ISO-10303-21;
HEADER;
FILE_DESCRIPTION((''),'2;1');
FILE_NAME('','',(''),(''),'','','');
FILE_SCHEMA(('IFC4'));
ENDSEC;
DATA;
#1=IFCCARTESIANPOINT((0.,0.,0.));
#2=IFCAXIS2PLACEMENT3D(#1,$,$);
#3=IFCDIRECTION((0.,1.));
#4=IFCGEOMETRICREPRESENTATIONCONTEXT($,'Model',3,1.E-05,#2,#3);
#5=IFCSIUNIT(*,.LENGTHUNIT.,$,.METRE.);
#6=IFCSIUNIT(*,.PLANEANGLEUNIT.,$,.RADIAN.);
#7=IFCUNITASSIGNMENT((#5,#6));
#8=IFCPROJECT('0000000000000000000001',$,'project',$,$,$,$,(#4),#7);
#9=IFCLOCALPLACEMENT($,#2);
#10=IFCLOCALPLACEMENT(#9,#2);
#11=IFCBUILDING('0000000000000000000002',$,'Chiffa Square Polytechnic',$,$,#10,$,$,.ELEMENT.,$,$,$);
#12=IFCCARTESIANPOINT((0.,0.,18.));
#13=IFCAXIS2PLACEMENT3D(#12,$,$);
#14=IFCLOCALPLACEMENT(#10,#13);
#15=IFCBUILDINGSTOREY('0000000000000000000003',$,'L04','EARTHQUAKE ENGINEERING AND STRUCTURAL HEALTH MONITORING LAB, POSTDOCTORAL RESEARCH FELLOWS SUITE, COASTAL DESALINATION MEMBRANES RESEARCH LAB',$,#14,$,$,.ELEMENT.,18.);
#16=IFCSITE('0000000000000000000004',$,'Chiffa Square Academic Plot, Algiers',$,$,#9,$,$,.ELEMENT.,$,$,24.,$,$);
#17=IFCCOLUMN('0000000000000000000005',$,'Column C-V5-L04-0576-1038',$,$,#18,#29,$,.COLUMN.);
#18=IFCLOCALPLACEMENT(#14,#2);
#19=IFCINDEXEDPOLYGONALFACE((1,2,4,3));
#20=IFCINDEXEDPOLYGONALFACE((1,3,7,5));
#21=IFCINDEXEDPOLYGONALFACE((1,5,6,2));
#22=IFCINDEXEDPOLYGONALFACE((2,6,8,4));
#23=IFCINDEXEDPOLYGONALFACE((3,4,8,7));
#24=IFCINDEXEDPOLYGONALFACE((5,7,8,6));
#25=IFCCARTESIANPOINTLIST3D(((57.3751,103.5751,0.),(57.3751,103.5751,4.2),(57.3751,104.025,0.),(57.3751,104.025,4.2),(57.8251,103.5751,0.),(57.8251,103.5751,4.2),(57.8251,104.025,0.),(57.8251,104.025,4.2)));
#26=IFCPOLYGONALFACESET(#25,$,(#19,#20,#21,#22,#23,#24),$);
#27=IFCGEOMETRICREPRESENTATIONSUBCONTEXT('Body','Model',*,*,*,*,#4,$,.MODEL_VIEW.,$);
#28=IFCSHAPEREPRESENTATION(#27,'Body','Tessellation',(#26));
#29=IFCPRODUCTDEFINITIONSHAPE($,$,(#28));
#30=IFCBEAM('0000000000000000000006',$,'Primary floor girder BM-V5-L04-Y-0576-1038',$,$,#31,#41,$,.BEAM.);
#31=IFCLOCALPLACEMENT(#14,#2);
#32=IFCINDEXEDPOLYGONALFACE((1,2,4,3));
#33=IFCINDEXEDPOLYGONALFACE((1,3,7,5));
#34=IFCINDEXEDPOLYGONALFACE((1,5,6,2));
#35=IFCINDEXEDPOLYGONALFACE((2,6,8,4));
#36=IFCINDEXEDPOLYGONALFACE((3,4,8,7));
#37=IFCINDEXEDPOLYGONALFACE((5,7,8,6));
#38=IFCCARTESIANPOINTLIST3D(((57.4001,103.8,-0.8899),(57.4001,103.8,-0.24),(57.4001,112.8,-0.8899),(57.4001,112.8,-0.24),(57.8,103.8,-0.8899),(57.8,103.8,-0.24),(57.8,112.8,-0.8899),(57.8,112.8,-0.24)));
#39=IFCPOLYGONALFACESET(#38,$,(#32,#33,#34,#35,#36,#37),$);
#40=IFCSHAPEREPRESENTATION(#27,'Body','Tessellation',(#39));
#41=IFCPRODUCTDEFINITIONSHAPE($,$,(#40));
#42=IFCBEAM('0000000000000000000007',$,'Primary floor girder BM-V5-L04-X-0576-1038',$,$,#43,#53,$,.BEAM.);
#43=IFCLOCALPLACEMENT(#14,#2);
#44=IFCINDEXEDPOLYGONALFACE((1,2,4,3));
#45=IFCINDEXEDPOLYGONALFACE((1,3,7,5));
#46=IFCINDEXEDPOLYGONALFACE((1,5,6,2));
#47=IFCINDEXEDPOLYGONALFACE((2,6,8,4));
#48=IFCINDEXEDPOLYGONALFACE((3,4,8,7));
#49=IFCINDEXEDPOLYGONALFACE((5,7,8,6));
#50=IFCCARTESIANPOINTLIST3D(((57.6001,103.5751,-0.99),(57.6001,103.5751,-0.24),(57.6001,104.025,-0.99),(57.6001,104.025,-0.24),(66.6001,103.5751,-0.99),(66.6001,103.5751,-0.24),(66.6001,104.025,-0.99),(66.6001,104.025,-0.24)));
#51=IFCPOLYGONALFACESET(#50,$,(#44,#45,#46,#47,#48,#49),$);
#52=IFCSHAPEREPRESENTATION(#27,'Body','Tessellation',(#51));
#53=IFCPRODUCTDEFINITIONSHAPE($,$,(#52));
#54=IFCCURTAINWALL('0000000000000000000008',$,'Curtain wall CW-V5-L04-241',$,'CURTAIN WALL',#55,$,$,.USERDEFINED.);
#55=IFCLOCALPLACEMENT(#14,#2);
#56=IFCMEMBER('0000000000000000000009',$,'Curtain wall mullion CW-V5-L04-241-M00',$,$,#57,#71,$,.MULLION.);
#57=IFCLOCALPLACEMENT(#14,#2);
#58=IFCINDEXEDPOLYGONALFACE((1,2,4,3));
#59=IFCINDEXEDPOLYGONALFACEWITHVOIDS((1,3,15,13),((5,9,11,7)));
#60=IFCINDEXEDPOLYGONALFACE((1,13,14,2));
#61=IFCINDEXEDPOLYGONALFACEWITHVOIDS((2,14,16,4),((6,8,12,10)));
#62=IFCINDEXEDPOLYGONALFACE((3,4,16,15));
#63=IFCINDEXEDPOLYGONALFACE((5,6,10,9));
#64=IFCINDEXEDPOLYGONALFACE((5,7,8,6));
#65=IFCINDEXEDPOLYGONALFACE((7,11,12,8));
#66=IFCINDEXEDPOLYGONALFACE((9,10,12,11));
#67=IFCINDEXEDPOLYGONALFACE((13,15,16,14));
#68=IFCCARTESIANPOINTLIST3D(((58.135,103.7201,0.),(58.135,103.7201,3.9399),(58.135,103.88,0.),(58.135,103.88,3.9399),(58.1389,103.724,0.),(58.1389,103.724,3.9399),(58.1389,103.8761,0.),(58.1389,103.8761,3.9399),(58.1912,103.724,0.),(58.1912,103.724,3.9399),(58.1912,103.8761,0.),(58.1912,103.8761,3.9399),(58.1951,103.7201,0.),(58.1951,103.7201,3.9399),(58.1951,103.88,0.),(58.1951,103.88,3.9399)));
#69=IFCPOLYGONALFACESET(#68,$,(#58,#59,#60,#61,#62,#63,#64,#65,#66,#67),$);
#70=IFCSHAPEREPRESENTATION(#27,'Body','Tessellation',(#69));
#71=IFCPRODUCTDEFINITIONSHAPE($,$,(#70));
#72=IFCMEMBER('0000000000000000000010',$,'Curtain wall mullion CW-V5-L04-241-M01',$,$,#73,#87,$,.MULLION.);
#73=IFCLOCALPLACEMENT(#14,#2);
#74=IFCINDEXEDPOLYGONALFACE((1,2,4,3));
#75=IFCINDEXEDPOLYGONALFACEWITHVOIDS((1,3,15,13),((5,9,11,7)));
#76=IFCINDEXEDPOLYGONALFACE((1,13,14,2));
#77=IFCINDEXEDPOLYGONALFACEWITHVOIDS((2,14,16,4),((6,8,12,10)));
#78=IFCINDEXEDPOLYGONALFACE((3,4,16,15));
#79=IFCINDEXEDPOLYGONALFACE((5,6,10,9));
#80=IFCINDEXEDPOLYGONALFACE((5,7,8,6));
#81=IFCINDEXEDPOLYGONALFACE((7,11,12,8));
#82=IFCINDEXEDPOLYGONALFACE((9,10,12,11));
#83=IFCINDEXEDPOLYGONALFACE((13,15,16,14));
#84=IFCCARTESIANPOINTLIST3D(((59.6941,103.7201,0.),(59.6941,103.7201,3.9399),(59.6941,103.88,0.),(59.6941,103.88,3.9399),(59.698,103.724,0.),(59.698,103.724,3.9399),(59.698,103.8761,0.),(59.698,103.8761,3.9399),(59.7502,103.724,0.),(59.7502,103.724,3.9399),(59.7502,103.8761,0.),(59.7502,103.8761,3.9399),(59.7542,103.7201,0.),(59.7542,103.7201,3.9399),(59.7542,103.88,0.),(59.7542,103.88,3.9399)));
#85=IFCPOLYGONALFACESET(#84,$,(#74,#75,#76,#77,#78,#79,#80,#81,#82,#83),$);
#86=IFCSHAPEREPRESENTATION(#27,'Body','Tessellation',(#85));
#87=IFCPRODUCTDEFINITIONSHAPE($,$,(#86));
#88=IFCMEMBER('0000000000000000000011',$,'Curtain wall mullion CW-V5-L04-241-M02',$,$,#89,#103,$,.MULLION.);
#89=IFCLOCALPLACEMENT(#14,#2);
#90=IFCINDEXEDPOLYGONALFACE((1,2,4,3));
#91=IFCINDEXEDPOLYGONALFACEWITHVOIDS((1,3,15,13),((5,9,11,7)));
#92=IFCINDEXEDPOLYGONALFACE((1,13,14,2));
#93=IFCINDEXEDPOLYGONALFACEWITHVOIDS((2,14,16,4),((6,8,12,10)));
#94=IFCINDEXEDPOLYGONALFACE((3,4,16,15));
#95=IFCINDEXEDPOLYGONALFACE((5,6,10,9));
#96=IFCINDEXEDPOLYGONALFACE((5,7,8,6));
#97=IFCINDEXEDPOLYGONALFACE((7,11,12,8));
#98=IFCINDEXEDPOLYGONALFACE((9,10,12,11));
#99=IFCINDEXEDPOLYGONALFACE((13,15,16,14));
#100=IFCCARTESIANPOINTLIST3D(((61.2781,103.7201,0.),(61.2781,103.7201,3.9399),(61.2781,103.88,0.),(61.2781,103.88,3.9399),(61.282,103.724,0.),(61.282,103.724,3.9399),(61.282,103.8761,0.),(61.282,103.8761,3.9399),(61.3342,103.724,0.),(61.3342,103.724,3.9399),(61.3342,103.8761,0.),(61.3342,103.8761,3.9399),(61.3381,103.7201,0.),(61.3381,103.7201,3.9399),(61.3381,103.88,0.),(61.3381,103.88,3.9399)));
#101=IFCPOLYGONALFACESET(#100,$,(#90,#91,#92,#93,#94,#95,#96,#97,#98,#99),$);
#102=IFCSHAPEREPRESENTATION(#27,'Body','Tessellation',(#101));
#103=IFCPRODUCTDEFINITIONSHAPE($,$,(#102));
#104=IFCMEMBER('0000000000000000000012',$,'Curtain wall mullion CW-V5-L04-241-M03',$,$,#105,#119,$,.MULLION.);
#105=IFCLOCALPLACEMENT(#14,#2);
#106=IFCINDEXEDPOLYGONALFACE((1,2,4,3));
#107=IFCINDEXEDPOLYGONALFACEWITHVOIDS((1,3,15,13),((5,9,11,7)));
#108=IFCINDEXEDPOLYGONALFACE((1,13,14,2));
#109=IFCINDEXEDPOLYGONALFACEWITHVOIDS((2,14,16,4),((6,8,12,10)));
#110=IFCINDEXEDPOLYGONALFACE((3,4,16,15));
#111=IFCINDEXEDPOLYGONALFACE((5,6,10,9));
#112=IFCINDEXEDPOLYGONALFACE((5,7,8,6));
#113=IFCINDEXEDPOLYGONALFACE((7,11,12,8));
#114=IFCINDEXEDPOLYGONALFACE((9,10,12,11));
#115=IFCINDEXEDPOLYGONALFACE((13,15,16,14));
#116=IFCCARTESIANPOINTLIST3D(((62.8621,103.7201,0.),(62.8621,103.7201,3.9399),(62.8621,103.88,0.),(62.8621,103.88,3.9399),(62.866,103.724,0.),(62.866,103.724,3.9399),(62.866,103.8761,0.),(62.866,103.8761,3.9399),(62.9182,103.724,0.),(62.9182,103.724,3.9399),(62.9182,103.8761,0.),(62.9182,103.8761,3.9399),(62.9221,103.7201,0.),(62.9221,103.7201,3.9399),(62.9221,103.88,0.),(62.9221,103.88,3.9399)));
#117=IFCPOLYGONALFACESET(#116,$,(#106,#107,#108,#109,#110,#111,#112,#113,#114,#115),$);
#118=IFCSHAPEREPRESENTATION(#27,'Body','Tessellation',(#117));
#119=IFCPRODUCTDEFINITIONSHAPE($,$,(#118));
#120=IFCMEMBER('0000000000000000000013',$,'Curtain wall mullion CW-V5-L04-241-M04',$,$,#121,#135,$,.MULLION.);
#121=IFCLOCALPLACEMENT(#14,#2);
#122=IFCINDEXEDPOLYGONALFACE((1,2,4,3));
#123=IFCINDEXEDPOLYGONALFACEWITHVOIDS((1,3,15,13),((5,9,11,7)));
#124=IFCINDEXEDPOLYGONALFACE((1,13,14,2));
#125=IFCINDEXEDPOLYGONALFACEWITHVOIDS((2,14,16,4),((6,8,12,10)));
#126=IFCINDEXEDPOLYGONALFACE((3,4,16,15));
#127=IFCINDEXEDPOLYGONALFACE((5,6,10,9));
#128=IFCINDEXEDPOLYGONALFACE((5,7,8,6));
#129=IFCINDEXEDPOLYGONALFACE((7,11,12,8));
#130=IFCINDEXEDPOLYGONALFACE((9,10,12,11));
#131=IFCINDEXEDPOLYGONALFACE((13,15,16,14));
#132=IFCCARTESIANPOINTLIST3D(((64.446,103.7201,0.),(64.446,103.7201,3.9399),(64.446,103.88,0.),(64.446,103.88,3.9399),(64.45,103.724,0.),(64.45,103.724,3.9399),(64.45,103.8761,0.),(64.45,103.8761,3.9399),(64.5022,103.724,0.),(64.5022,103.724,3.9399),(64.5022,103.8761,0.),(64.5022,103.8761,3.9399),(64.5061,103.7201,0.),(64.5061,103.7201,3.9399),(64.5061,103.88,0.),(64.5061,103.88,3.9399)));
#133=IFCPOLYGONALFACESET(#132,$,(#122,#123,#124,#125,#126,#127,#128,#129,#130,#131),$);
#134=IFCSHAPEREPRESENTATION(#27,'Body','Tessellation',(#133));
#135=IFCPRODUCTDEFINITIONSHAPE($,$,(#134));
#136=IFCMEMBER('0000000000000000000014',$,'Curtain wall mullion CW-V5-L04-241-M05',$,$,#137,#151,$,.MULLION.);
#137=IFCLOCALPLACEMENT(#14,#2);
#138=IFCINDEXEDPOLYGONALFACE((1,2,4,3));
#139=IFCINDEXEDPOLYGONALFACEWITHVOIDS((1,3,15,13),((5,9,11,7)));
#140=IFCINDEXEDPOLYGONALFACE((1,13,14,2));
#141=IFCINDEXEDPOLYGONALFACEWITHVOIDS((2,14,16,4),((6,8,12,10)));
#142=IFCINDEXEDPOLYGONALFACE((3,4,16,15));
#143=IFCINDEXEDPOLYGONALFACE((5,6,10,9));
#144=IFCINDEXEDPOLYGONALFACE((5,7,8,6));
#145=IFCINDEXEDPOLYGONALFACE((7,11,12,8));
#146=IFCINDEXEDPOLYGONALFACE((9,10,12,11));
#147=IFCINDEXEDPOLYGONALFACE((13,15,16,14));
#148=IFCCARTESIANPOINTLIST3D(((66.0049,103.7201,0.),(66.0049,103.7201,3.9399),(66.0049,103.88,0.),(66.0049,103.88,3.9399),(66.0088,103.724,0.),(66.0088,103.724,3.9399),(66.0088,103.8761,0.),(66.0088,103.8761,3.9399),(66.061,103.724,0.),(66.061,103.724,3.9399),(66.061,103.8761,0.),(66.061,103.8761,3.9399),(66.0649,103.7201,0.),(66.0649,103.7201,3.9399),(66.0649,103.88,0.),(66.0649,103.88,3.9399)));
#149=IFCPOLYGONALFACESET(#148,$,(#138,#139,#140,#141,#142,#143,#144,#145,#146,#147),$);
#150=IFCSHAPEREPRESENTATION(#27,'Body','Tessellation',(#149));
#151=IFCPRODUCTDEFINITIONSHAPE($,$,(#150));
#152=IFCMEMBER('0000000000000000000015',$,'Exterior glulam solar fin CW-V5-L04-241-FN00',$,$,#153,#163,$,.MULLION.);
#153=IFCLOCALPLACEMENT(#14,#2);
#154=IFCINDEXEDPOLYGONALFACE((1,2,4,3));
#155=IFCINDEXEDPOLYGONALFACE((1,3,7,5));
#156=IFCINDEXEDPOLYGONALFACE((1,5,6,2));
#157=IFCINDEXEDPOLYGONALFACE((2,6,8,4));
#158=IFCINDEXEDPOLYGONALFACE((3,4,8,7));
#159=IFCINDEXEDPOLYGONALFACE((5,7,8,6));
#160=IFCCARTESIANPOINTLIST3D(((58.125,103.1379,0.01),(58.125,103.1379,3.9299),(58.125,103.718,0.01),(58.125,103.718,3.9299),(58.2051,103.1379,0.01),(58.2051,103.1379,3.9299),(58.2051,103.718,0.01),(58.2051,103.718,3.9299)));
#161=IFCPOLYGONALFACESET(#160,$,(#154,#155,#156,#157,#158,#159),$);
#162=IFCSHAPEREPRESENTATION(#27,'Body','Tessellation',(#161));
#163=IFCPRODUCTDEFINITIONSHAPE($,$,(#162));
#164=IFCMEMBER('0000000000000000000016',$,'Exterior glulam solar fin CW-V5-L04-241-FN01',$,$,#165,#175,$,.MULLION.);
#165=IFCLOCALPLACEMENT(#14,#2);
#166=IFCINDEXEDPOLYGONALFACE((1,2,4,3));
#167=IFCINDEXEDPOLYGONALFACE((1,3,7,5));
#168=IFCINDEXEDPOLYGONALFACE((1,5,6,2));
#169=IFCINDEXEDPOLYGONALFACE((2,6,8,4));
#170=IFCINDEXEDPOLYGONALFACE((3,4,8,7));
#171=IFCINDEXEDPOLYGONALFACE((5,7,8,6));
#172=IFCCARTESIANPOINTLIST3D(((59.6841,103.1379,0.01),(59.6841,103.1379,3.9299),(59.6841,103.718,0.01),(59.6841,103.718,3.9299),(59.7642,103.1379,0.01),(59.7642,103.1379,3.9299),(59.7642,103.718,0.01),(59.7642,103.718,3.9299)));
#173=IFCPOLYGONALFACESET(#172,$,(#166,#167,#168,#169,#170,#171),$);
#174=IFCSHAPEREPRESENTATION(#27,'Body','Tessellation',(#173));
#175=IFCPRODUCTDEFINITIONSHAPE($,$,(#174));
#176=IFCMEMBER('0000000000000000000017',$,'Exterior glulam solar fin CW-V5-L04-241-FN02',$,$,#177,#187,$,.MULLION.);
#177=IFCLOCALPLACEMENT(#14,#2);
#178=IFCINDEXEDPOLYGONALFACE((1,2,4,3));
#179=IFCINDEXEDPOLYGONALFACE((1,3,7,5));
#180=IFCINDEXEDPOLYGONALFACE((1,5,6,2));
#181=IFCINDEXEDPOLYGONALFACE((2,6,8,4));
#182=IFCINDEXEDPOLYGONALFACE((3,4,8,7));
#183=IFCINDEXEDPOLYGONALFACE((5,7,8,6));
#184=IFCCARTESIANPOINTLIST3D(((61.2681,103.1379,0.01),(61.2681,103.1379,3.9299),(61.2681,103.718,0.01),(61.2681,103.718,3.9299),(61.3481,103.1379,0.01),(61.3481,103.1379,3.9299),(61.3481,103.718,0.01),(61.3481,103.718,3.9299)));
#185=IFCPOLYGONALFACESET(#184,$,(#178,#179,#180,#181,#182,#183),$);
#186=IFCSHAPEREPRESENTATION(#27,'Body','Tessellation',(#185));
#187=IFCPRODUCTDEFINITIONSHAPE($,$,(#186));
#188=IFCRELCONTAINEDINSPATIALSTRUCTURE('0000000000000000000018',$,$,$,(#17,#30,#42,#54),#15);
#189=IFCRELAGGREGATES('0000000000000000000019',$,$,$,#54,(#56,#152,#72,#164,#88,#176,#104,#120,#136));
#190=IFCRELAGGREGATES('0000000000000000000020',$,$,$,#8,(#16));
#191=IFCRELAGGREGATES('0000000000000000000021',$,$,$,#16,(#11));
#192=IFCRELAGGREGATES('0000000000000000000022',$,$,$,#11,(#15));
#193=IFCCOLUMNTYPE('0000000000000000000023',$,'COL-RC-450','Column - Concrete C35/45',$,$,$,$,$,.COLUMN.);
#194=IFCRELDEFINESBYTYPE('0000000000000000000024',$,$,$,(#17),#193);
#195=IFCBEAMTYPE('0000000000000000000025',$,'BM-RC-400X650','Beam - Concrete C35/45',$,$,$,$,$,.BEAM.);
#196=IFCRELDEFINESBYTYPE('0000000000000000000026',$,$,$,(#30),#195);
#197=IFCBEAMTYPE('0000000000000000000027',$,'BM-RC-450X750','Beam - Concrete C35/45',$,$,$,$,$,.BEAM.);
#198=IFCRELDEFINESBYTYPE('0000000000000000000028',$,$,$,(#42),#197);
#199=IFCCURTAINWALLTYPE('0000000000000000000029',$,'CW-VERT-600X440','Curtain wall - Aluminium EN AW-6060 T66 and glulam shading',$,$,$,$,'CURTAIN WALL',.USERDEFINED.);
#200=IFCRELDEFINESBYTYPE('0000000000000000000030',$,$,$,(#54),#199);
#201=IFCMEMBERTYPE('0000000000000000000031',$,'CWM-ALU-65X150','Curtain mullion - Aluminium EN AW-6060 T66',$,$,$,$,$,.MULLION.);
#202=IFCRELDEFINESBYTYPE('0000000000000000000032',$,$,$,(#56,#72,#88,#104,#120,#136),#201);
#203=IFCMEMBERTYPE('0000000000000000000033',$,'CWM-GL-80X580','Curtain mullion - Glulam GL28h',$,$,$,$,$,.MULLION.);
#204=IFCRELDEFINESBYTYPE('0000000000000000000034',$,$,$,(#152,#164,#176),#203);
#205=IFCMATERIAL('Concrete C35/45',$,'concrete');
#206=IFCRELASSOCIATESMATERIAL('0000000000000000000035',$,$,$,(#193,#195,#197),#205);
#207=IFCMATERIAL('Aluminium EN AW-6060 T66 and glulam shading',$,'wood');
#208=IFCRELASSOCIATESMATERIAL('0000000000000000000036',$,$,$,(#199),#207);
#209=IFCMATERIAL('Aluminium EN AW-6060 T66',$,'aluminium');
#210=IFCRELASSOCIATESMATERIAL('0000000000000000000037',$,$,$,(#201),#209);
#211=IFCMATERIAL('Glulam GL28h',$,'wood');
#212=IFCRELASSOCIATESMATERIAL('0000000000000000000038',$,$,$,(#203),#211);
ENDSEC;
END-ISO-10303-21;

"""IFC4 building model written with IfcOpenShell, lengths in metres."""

from ifc_helpers import new_model, si_unit, direction, frame, origin, origin_2d, place, context, subcontext, project, spatial, rectangle, hollow_rectangle, extrude, material, material_profile, profile_set, type_object, element, aggregate, save


model = new_model("IFC4")

# Units and contexts
model_context = context("Model", 3, precision=1e-05, world=origin(), true_north=direction((0.0, 1.0)))
body_context = subcontext(model_context, "Body", "Model", "MODEL_VIEW")
ifc_project = project(units=[si_unit("LENGTHUNIT", "METRE"), si_unit("PLANEANGLEUNIT", "RADIAN")], contexts=[model_context])

# Site, building, storey
site_placement = place(None, origin())
site = spatial("IfcSite", under=ifc_project, at=site_placement, Name="Chiffa Square Academic Plot, Algiers", CompositionType="ELEMENT", RefElevation=24.0)
building_placement = place(site_placement, origin())
building = spatial("IfcBuilding", under=site, at=building_placement, Name="Chiffa Square Polytechnic", CompositionType="ELEMENT")
storey_placement = place(building_placement, frame((0.0, 0.0, 18.0)))
storey = spatial("IfcBuildingStorey", under=building, at=storey_placement, Name="L04", Description="EARTHQUAKE ENGINEERING AND STRUCTURAL HEALTH MONITORING LAB, POSTDOCTORAL RESEARCH FELLOWS SUITE, COASTAL DESALINATION MEMBRANES RESEARCH LAB", CompositionType="ELEMENT", Elevation=18.0)

# Column
ifc_material_1 = material(Name="Concrete C35/45", Category="concrete")
ifc_material_profile_1 = material_profile(ifc_material_1, rectangle(XDim=0.45, YDim=0.45, at=origin_2d()), Name="RC 450x450")
ifc_profile_set_1 = profile_set([ifc_material_profile_1], Name="Concrete C35/45")
column_type = type_object("IfcColumnType", Name="COL-RC-450", Description="Column - Concrete C35/45", PredefinedType="COLUMN", material=ifc_profile_set_1)
column_placement = place(storey_placement, frame((57.6001, 103.8, 0.0), z_axis=(0.0, 0.0, 1.0), x_axis=(1.0, 0.0, 0.0)))
element("IfcColumn", 1, at=column_placement, inside=storey, type_object=column_type, Name="Column C-V5-L04-0576-1038", PredefinedType="COLUMN", context=body_context, shape_type="SweptSolid", body=[
    extrude(rectangle(XDim=0.45, YDim=0.45, at=origin_2d()), origin(), (0.0, 0.0, 1.0), 4.2),
])

# Beams
ifc_material_profile_2 = material_profile(ifc_material_1, rectangle(XDim=0.3999, YDim=0.6499, at=origin_2d()), Name="RC 400x650")
ifc_profile_set_2 = profile_set([ifc_material_profile_2], Name="Concrete C35/45")
beam_type_1 = type_object("IfcBeamType", Name="BM-RC-400X650", Description="Beam - Concrete C35/45", PredefinedType="BEAM", material=ifc_profile_set_2)
beam_1_placement = place(storey_placement, frame((57.6001, 103.8, -0.5649), z_axis=(0.0, 1.0, 0.0), x_axis=(-1.0, 0.0, 0.0)))
element("IfcBeam", 2, at=beam_1_placement, inside=storey, type_object=beam_type_1, Name="Primary floor girder BM-V5-L04-Y-0576-1038", PredefinedType="BEAM", context=body_context, shape_type="SweptSolid", body=[
    extrude(rectangle(XDim=0.3999, YDim=0.6499, at=origin_2d()), origin(), (0.0, 0.0, 1.0), 9.0),
])
ifc_material_profile_3 = material_profile(ifc_material_1, rectangle(XDim=0.45, YDim=0.75, at=origin_2d()), Name="RC 450x750")
ifc_profile_set_3 = profile_set([ifc_material_profile_3], Name="Concrete C35/45")
beam_type_2 = type_object("IfcBeamType", Name="BM-RC-450X750", Description="Beam - Concrete C35/45", PredefinedType="BEAM", material=ifc_profile_set_3)
beam_2_placement = place(storey_placement, frame((57.6001, 103.8, -0.615), z_axis=(1.0, 0.0, 0.0), x_axis=(0.0, 1.0, 0.0)))
element("IfcBeam", 3, at=beam_2_placement, inside=storey, type_object=beam_type_2, Name="Primary floor girder BM-V5-L04-X-0576-1038", PredefinedType="BEAM", context=body_context, shape_type="SweptSolid", body=[
    extrude(rectangle(XDim=0.45, YDim=0.75, at=origin_2d()), origin(), (0.0, 0.0, 1.0), 9.0),
])

# Curtain wall, members
ifc_material_2 = material(Name="Aluminium EN AW-6060 T66 and glulam shading", Category="wood")
curtain_wall_type = type_object("IfcCurtainWallType", Name="CW-VERT-600X440", Description="Curtain wall - Aluminium EN AW-6060 T66 and glulam shading", ElementType="CURTAIN WALL", PredefinedType="USERDEFINED", material=ifc_material_2)
curtain_wall_placement = place(storey_placement, origin())
curtain_wall = element("IfcCurtainWall", 4, at=curtain_wall_placement, inside=storey, type_object=curtain_wall_type, Name="Curtain wall CW-V5-L04-241", ObjectType="CURTAIN WALL", PredefinedType="USERDEFINED")
ifc_material_3 = material(Name="Aluminium EN AW-6060 T66", Category="aluminium")
ifc_material_profile_4 = material_profile(ifc_material_3, hollow_rectangle(XDim=0.0601, YDim=0.1599, WallThickness=0.0039, at=origin_2d()), Name="ALU 60x160x4")
ifc_profile_set_4 = profile_set([ifc_material_profile_4], Name="Aluminium EN AW-6060 T66")
member_type_1 = type_object("IfcMemberType", Name="CWM-ALU-65X150", Description="Curtain mullion - Aluminium EN AW-6060 T66", PredefinedType="MULLION", material=ifc_profile_set_4)
member_1_placement = place(storey_placement, frame((58.165, 103.8, 0.0), z_axis=(0.0, 0.0, 1.0), x_axis=(1.0, 0.0, 0.0)))
member_1 = element("IfcMember", 5, at=member_1_placement, type_object=member_type_1, Name="Curtain wall mullion CW-V5-L04-241-M00", PredefinedType="MULLION", context=body_context, shape_type="SweptSolid", body=[
    extrude(hollow_rectangle(XDim=0.0601, YDim=0.1599, WallThickness=0.0039, at=origin_2d()), origin(), (0.0, 0.0, 1.0), 3.9399),
])
member_2_placement = place(storey_placement, frame((59.7241, 103.8, 0.0), z_axis=(0.0, 0.0, 1.0), x_axis=(1.0, 0.0, 0.0)))
member_2 = element("IfcMember", 6, at=member_2_placement, type_object=member_type_1, Name="Curtain wall mullion CW-V5-L04-241-M01", PredefinedType="MULLION", context=body_context, shape_type="SweptSolid", body=[
    extrude(hollow_rectangle(XDim=0.0601, YDim=0.1599, WallThickness=0.0039, at=origin_2d()), origin(), (0.0, 0.0, 1.0), 3.9399),
])
member_3_placement = place(storey_placement, frame((61.3081, 103.8, 0.0), z_axis=(0.0, 0.0, 1.0), x_axis=(1.0, 0.0, 0.0)))
member_3 = element("IfcMember", 7, at=member_3_placement, type_object=member_type_1, Name="Curtain wall mullion CW-V5-L04-241-M02", PredefinedType="MULLION", context=body_context, shape_type="SweptSolid", body=[
    extrude(hollow_rectangle(XDim=0.0601, YDim=0.1599, WallThickness=0.0039, at=origin_2d()), origin(), (0.0, 0.0, 1.0), 3.9399),
])
member_4_placement = place(storey_placement, frame((62.8921, 103.8, 0.0), z_axis=(0.0, 0.0, 1.0), x_axis=(1.0, 0.0, 0.0)))
member_4 = element("IfcMember", 8, at=member_4_placement, type_object=member_type_1, Name="Curtain wall mullion CW-V5-L04-241-M03", PredefinedType="MULLION", context=body_context, shape_type="SweptSolid", body=[
    extrude(hollow_rectangle(XDim=0.0601, YDim=0.1599, WallThickness=0.0039, at=origin_2d()), origin(), (0.0, 0.0, 1.0), 3.9399),
])
member_5_placement = place(storey_placement, frame((64.4761, 103.8, 0.0), z_axis=(0.0, 0.0, 1.0), x_axis=(1.0, 0.0, 0.0)))
member_5 = element("IfcMember", 9, at=member_5_placement, type_object=member_type_1, Name="Curtain wall mullion CW-V5-L04-241-M04", PredefinedType="MULLION", context=body_context, shape_type="SweptSolid", body=[
    extrude(hollow_rectangle(XDim=0.0601, YDim=0.1599, WallThickness=0.0039, at=origin_2d()), origin(), (0.0, 0.0, 1.0), 3.9399),
])
member_6_placement = place(storey_placement, frame((66.0349, 103.8, 0.0), z_axis=(0.0, 0.0, 1.0), x_axis=(1.0, 0.0, 0.0)))
member_6 = element("IfcMember", 10, at=member_6_placement, type_object=member_type_1, Name="Curtain wall mullion CW-V5-L04-241-M05", PredefinedType="MULLION", context=body_context, shape_type="SweptSolid", body=[
    extrude(hollow_rectangle(XDim=0.0601, YDim=0.1599, WallThickness=0.0039, at=origin_2d()), origin(), (0.0, 0.0, 1.0), 3.9399),
])
ifc_material_4 = material(Name="Glulam GL28h", Category="wood")
ifc_material_profile_5 = material_profile(ifc_material_4, rectangle(XDim=0.0801, YDim=0.5801, at=origin_2d()), Name="GL28h 80x580")
ifc_profile_set_5 = profile_set([ifc_material_profile_5], Name="Glulam GL28h")
member_type_2 = type_object("IfcMemberType", Name="CWM-GL-80X580", Description="Curtain mullion - Glulam GL28h", PredefinedType="MULLION", material=ifc_profile_set_5)
member_7_placement = place(storey_placement, frame((58.165, 103.428, 0.01), z_axis=(0.0, 0.0, 1.0), x_axis=(1.0, 0.0, 0.0)))
member_7 = element("IfcMember", 11, at=member_7_placement, type_object=member_type_2, Name="Exterior glulam solar fin CW-V5-L04-241-FN00", PredefinedType="MULLION", context=body_context, shape_type="SweptSolid", body=[
    extrude(rectangle(XDim=0.0801, YDim=0.5801, at=origin_2d()), origin(), (0.0, 0.0, 1.0), 3.9199),
])
member_8_placement = place(storey_placement, frame((59.7241, 103.428, 0.01), z_axis=(0.0, 0.0, 1.0), x_axis=(1.0, 0.0, 0.0)))
member_8 = element("IfcMember", 12, at=member_8_placement, type_object=member_type_2, Name="Exterior glulam solar fin CW-V5-L04-241-FN01", PredefinedType="MULLION", context=body_context, shape_type="SweptSolid", body=[
    extrude(rectangle(XDim=0.0801, YDim=0.5801, at=origin_2d()), origin(), (0.0, 0.0, 1.0), 3.9199),
])
member_9_placement = place(storey_placement, frame((61.3081, 103.428, 0.01), z_axis=(0.0, 0.0, 1.0), x_axis=(1.0, 0.0, 0.0)))
member_9 = element("IfcMember", 13, at=member_9_placement, type_object=member_type_2, Name="Exterior glulam solar fin CW-V5-L04-241-FN02", PredefinedType="MULLION", context=body_context, shape_type="SweptSolid", body=[
    extrude(rectangle(XDim=0.0801, YDim=0.5801, at=origin_2d()), origin(), (0.0, 0.0, 1.0), 3.9199),
])
aggregate(curtain_wall, [member_1, member_7, member_2, member_8, member_3, member_9, member_4, member_5, member_6])

save(model, "model.ifc")
